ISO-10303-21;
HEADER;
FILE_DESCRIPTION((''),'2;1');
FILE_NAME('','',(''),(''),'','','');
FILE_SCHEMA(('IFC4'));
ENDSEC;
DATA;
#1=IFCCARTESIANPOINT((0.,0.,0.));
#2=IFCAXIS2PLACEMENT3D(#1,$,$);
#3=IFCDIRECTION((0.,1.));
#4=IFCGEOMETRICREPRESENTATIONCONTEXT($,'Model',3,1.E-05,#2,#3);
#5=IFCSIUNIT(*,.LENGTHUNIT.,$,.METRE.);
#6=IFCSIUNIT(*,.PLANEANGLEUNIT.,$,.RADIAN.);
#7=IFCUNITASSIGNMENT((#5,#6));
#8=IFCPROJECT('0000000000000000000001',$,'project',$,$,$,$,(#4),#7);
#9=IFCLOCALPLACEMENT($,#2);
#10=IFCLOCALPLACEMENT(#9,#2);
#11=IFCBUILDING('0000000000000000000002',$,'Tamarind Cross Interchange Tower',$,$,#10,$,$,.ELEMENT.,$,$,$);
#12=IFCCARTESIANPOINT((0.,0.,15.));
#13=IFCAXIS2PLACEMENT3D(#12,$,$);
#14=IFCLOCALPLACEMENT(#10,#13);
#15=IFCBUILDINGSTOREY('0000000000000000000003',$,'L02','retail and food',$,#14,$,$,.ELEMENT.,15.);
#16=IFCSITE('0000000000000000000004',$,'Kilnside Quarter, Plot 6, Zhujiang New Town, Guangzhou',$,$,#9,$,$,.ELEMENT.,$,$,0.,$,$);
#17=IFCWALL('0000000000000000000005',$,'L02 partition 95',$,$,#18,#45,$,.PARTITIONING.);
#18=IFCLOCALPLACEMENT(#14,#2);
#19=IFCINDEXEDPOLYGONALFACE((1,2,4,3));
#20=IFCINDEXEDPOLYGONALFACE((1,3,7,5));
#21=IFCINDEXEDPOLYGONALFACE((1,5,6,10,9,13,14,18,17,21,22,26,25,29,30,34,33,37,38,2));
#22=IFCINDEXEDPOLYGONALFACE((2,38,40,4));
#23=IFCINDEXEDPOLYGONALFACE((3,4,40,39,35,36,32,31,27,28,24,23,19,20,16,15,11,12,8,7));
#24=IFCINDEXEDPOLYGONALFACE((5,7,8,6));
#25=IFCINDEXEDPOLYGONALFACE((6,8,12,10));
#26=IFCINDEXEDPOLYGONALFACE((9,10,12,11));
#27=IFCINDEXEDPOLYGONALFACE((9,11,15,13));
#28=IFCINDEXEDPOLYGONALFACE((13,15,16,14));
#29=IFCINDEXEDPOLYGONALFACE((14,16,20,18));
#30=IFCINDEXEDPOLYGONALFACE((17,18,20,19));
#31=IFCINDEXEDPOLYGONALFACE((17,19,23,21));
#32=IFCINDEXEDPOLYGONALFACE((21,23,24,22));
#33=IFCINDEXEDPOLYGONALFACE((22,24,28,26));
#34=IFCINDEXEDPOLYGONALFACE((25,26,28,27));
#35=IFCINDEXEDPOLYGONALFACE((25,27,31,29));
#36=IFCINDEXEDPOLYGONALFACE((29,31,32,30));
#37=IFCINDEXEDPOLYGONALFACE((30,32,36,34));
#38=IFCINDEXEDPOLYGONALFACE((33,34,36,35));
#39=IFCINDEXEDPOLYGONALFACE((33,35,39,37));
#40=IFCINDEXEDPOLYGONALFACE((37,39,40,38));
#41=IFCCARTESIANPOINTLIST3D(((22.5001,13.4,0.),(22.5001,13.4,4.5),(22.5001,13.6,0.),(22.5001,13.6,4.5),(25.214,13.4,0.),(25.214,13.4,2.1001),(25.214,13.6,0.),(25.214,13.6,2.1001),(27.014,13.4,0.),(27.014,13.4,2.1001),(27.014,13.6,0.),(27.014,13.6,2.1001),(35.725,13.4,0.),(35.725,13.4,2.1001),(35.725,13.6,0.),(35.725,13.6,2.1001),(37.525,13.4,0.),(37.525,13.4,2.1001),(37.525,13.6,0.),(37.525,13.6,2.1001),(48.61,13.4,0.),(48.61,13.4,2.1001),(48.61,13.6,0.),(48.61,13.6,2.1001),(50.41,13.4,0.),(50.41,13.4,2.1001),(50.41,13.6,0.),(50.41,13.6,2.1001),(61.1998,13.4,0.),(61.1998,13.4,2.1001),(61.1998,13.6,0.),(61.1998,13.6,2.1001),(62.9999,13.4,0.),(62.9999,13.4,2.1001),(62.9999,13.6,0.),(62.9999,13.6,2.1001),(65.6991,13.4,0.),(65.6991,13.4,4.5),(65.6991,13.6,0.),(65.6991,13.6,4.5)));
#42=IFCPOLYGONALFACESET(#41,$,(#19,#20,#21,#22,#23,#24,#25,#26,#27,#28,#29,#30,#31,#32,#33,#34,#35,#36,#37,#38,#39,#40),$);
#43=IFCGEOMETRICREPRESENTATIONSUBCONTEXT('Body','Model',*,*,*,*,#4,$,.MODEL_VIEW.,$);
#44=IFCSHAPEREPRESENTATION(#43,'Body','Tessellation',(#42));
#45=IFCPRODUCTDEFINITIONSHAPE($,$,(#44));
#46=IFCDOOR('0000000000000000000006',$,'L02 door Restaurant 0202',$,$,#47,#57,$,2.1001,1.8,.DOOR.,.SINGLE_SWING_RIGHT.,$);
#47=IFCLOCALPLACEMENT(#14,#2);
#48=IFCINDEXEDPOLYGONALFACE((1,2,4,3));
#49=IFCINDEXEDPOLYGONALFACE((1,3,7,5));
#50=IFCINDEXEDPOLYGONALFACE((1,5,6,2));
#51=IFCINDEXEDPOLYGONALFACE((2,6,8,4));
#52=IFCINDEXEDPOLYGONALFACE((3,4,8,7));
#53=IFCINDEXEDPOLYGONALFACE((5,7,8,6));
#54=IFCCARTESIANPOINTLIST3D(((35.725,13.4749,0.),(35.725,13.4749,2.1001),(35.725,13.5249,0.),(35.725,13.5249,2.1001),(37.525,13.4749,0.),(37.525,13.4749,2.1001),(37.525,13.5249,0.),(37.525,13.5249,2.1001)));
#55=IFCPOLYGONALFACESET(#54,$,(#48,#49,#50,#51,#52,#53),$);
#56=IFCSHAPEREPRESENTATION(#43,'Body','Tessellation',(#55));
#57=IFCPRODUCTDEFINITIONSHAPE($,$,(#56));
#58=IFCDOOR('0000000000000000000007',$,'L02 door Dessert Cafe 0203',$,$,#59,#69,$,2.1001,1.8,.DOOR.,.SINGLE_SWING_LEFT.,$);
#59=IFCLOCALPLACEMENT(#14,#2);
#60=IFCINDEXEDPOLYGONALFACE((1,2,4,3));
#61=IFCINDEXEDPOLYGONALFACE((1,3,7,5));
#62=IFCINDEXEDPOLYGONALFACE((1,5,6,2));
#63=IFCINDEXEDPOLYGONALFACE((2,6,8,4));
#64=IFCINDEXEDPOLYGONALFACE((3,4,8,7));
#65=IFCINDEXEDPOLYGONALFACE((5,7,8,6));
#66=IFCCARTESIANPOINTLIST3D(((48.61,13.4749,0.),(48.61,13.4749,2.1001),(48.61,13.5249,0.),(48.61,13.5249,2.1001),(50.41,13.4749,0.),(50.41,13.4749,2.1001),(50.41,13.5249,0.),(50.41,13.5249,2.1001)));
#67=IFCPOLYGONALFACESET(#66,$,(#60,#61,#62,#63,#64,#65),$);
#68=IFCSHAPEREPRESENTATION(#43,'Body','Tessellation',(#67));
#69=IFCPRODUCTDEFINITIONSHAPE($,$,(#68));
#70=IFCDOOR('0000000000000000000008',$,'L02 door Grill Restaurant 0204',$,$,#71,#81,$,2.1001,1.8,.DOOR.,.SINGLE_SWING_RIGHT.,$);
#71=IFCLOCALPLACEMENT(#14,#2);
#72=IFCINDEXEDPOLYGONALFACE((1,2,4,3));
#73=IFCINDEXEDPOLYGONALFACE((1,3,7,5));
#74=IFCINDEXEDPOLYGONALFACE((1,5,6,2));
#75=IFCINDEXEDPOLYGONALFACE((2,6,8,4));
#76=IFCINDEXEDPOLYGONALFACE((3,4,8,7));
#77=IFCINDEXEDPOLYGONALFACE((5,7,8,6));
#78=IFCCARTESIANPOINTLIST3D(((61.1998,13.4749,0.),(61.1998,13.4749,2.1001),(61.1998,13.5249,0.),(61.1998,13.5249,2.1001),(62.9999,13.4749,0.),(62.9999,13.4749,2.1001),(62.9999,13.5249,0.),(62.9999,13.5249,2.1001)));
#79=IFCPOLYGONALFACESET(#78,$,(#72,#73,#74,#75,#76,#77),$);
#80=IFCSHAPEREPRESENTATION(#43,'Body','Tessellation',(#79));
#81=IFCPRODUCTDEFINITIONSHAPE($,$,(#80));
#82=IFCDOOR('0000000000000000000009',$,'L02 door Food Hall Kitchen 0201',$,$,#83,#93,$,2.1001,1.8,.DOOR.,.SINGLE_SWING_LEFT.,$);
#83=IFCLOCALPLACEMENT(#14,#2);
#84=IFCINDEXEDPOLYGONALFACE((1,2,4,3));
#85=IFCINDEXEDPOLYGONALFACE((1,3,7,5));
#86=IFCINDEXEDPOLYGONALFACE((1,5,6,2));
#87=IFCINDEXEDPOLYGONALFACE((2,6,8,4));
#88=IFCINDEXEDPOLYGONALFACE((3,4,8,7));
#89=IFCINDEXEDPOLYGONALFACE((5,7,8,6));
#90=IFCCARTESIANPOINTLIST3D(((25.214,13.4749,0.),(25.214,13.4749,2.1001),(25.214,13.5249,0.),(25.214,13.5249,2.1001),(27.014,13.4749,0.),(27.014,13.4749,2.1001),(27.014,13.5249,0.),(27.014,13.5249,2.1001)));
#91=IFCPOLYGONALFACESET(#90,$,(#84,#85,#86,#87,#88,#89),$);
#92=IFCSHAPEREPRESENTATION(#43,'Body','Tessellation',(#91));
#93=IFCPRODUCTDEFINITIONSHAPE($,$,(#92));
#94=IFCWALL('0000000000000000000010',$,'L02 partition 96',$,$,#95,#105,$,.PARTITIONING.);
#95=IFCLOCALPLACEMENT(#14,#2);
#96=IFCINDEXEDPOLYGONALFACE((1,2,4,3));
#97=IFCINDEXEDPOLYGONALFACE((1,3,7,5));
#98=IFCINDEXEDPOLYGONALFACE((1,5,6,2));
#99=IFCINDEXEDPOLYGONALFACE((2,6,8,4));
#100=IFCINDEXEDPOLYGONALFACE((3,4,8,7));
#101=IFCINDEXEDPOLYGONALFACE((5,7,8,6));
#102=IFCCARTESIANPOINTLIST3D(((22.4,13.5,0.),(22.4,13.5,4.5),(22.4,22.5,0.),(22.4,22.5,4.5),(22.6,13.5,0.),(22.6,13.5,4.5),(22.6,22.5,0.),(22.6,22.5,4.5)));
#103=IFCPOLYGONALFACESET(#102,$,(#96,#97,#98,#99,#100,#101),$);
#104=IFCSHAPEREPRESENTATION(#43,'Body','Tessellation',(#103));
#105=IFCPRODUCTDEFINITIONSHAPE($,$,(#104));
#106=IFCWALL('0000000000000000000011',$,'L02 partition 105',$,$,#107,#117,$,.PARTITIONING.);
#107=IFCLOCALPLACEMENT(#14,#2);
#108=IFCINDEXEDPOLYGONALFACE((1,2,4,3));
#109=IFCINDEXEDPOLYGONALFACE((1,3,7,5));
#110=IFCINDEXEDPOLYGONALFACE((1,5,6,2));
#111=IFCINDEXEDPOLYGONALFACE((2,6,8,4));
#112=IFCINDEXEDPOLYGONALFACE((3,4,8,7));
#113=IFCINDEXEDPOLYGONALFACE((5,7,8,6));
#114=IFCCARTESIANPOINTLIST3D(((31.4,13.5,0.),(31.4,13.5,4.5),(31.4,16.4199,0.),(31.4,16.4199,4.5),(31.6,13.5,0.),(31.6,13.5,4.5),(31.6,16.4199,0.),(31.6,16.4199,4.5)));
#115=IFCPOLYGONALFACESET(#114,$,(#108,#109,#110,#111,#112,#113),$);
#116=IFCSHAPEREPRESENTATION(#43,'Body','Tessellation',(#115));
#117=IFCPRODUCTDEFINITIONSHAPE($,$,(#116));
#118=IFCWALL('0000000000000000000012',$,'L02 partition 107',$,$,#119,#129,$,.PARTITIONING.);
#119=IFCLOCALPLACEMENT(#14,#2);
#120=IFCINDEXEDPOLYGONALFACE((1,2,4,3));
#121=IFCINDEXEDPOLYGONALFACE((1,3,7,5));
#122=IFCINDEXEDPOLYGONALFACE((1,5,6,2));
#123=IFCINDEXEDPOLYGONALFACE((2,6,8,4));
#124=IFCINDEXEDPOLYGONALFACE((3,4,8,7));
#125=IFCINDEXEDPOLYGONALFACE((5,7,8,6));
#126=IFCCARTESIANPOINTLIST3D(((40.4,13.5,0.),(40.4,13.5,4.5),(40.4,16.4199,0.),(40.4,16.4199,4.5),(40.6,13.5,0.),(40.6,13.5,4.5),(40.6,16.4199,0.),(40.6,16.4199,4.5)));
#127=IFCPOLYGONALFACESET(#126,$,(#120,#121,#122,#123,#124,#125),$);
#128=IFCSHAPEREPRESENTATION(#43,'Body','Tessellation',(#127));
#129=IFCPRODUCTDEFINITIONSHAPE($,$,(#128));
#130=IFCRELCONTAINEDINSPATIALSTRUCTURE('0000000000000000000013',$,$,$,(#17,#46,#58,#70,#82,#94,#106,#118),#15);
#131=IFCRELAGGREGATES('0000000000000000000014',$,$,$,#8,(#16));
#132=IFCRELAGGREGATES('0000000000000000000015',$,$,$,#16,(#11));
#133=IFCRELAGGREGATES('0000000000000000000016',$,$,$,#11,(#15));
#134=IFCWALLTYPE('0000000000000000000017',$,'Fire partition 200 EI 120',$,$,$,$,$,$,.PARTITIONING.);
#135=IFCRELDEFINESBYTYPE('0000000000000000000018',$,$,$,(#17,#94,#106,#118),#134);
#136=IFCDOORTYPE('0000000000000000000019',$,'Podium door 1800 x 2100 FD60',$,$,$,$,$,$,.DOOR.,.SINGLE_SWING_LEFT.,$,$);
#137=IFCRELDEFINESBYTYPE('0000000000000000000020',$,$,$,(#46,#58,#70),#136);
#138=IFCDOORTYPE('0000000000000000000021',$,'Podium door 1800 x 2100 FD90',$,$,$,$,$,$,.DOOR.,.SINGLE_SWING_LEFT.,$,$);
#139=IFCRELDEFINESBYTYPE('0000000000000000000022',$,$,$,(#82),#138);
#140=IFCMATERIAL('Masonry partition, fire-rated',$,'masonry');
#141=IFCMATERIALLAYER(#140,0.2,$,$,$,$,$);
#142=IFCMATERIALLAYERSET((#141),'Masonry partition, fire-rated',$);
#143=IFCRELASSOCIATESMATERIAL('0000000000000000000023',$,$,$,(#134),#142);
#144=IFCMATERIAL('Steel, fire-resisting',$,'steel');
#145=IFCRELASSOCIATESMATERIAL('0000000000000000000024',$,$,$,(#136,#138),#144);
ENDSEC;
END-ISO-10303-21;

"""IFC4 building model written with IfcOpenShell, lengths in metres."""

from ifc_helpers import new_model, si_unit, direction, frame, frame_2d, origin, place, context, subcontext, project, spatial, rectangle, extrude, material, layer, layer_set, type_object, element, fill, save


model = new_model("IFC4")

# Units and contexts
model_context = context("Model", 3, precision=1e-05, world=origin(), true_north=direction((0.0, 1.0)))
body_context = subcontext(model_context, "Body", "Model", "MODEL_VIEW")
ifc_project = project(units=[si_unit("LENGTHUNIT", "METRE"), si_unit("PLANEANGLEUNIT", "RADIAN")], contexts=[model_context])

# Site, building, storey
site_placement = place(None, origin())
site = spatial("IfcSite", under=ifc_project, at=site_placement, Name="Kilnside Quarter, Plot 6, Zhujiang New Town, Guangzhou", CompositionType="ELEMENT", RefElevation=0.0)
building_placement = place(site_placement, origin())
building = spatial("IfcBuilding", under=site, at=building_placement, Name="Tamarind Cross Interchange Tower", CompositionType="ELEMENT")
storey_placement = place(building_placement, frame((0.0, 0.0, 15.0)))
storey = spatial("IfcBuildingStorey", under=building, at=storey_placement, Name="L02", Description="retail and food", CompositionType="ELEMENT", Elevation=15.0)

# Wall, openings, doors
ifc_material_1 = material(Name="Masonry partition, fire-rated", Category="masonry")
ifc_layer_1 = layer(ifc_material_1, 0.2)
ifc_layer_set_1 = layer_set([ifc_layer_1], Name="Masonry partition, fire-rated")
wall_type_1 = type_object("IfcWallType", Name="Fire partition 200 EI 120", PredefinedType="PARTITIONING", material=ifc_layer_set_1)
wall_1_placement = place(storey_placement, frame((22.5, 13.5, 0.0), z_axis=(0.0, 0.0, 1.0), x_axis=(1.0, 0.0, 0.0)))
wall_1 = element("IfcWall", 1, at=wall_1_placement, inside=storey, type_object=wall_type_1, Name="L02 partition 95", PredefinedType="PARTITIONING", context=body_context, shape_type="SweptSolid", body=[
    extrude(rectangle(XDim=43.199, YDim=0.2, at=frame_2d((21.5996, 0.0))), origin(), (0.0, 0.0, 1.0), 4.5),
])
opening_1_placement = place(wall_1_placement, frame((2.7141, 0.0, 0.0)))
opening_1 = element("IfcOpeningElement", 2, at=opening_1_placement, cuts=wall_1, PredefinedType="OPENING", context=body_context, shape_type="SweptSolid", body=[
    extrude(rectangle(XDim=1.8, YDim=2.1001, at=frame_2d((0.8999, 1.05))), frame((0.0, 0.1099, 0.0), z_axis=(0.0, -1.0, 0.0), x_axis=(1.0, 0.0, 0.0)), (0.0, 0.0, 1.0), 0.22),
])
opening_2_placement = place(wall_1_placement, frame((13.2251, 0.0, 0.0)))
opening_2 = element("IfcOpeningElement", 3, at=opening_2_placement, cuts=wall_1, PredefinedType="OPENING", context=body_context, shape_type="SweptSolid", body=[
    extrude(rectangle(XDim=1.8, YDim=2.1001, at=frame_2d((0.8999, 1.05))), frame((0.0, 0.1099, 0.0), z_axis=(0.0, -1.0, 0.0), x_axis=(1.0, 0.0, 0.0)), (0.0, 0.0, 1.0), 0.22),
])
opening_3_placement = place(wall_1_placement, frame((26.1101, 0.0, 0.0)))
opening_3 = element("IfcOpeningElement", 4, at=opening_3_placement, cuts=wall_1, PredefinedType="OPENING", context=body_context, shape_type="SweptSolid", body=[
    extrude(rectangle(XDim=1.8, YDim=2.1001, at=frame_2d((0.8999, 1.05))), frame((0.0, 0.1099, 0.0), z_axis=(0.0, -1.0, 0.0), x_axis=(1.0, 0.0, 0.0)), (0.0, 0.0, 1.0), 0.22),
])
opening_4_placement = place(wall_1_placement, frame((38.7, 0.0, 0.0)))
opening_4 = element("IfcOpeningElement", 5, at=opening_4_placement, cuts=wall_1, PredefinedType="OPENING", context=body_context, shape_type="SweptSolid", body=[
    extrude(rectangle(XDim=1.8, YDim=2.1001, at=frame_2d((0.8999, 1.05))), frame((0.0, 0.1099, 0.0), z_axis=(0.0, -1.0, 0.0), x_axis=(1.0, 0.0, 0.0)), (0.0, 0.0, 1.0), 0.22),
])
ifc_material_2 = material(Name="Steel, fire-resisting", Category="steel")
door_type_1 = type_object("IfcDoorType", Name="Podium door 1800 x 2100 FD60", OperationType="SINGLE_SWING_LEFT", PredefinedType="DOOR", material=ifc_material_2)
door_1_placement = place(opening_2_placement, origin())
door_1 = element("IfcDoor", 6, at=door_1_placement, inside=storey, type_object=door_type_1, Name="L02 door Restaurant 0202", OperationType="SINGLE_SWING_RIGHT", OverallHeight=2.1001, OverallWidth=1.8, PredefinedType="DOOR", context=body_context, shape_type="SweptSolid", body=[
    extrude(rectangle(XDim=1.8, YDim=2.1001, at=frame_2d((0.8999, 1.05))), frame((0.0, 0.0249, 0.0), z_axis=(0.0, -1.0, 0.0), x_axis=(1.0, 0.0, 0.0)), (0.0, 0.0, 1.0), 0.05),
])
fill(opening_2, door_1)
door_2_placement = place(opening_3_placement, origin())
door_2 = element("IfcDoor", 7, at=door_2_placement, inside=storey, type_object=door_type_1, Name="L02 door Dessert Cafe 0203", OperationType="SINGLE_SWING_LEFT", OverallHeight=2.1001, OverallWidth=1.8, PredefinedType="DOOR", context=body_context, shape_type="SweptSolid", body=[
    extrude(rectangle(XDim=1.8, YDim=2.1001, at=frame_2d((0.8999, 1.05))), frame((0.0, 0.0249, 0.0), z_axis=(0.0, -1.0, 0.0), x_axis=(1.0, 0.0, 0.0)), (0.0, 0.0, 1.0), 0.05),
])
fill(opening_3, door_2)
door_3_placement = place(opening_4_placement, origin())
door_3 = element("IfcDoor", 8, at=door_3_placement, inside=storey, type_object=door_type_1, Name="L02 door Grill Restaurant 0204", OperationType="SINGLE_SWING_RIGHT", OverallHeight=2.1001, OverallWidth=1.8, PredefinedType="DOOR", context=body_context, shape_type="SweptSolid", body=[
    extrude(rectangle(XDim=1.8, YDim=2.1001, at=frame_2d((0.8999, 1.05))), frame((0.0, 0.0249, 0.0), z_axis=(0.0, -1.0, 0.0), x_axis=(1.0, 0.0, 0.0)), (0.0, 0.0, 1.0), 0.05),
])
fill(opening_4, door_3)
door_type_2 = type_object("IfcDoorType", Name="Podium door 1800 x 2100 FD90", OperationType="SINGLE_SWING_LEFT", PredefinedType="DOOR", material=ifc_material_2)
door_4_placement = place(opening_1_placement, origin())
door_4 = element("IfcDoor", 9, at=door_4_placement, inside=storey, type_object=door_type_2, Name="L02 door Food Hall Kitchen 0201", OperationType="SINGLE_SWING_LEFT", OverallHeight=2.1001, OverallWidth=1.8, PredefinedType="DOOR", context=body_context, shape_type="SweptSolid", body=[
    extrude(rectangle(XDim=1.8, YDim=2.1001, at=frame_2d((0.8999, 1.05))), frame((0.0, 0.0249, 0.0), z_axis=(0.0, -1.0, 0.0), x_axis=(1.0, 0.0, 0.0)), (0.0, 0.0, 1.0), 0.05),
])
fill(opening_1, door_4)

# Walls
wall_2_placement = place(storey_placement, frame((22.5, 13.5, 0.0), z_axis=(0.0, 0.0, 1.0), x_axis=(0.0, 1.0, 0.0)))
element("IfcWall", 10, at=wall_2_placement, inside=storey, type_object=wall_type_1, Name="L02 partition 96", PredefinedType="PARTITIONING", context=body_context, shape_type="SweptSolid", body=[
    extrude(rectangle(XDim=9.0, YDim=0.2, at=frame_2d((4.5, 0.0))), origin(), (0.0, 0.0, 1.0), 4.5),
])
for number, where, z_axis, x_axis, name in (
    (11, (31.5, 13.5, 0.0), (0.0, 0.0, 1.0), (0.0, 1.0, 0.0), "L02 partition 105"),
    (12, (40.5, 13.5, 0.0), (0.0, 0.0, 1.0), (0.0, 1.0, 0.0), "L02 partition 107"),
):
    element("IfcWall", number, at=place(storey_placement, frame(where, z_axis=z_axis, x_axis=x_axis)), inside=storey, type_object=wall_type_1, Name=name, PredefinedType="PARTITIONING", context=body_context, shape_type="SweptSolid", body=[
        extrude(rectangle(XDim=2.9199, YDim=0.2, at=frame_2d((1.46, 0.0))), origin(), (0.0, 0.0, 1.0), 4.5),
    ])

save(model, "model.ifc")
